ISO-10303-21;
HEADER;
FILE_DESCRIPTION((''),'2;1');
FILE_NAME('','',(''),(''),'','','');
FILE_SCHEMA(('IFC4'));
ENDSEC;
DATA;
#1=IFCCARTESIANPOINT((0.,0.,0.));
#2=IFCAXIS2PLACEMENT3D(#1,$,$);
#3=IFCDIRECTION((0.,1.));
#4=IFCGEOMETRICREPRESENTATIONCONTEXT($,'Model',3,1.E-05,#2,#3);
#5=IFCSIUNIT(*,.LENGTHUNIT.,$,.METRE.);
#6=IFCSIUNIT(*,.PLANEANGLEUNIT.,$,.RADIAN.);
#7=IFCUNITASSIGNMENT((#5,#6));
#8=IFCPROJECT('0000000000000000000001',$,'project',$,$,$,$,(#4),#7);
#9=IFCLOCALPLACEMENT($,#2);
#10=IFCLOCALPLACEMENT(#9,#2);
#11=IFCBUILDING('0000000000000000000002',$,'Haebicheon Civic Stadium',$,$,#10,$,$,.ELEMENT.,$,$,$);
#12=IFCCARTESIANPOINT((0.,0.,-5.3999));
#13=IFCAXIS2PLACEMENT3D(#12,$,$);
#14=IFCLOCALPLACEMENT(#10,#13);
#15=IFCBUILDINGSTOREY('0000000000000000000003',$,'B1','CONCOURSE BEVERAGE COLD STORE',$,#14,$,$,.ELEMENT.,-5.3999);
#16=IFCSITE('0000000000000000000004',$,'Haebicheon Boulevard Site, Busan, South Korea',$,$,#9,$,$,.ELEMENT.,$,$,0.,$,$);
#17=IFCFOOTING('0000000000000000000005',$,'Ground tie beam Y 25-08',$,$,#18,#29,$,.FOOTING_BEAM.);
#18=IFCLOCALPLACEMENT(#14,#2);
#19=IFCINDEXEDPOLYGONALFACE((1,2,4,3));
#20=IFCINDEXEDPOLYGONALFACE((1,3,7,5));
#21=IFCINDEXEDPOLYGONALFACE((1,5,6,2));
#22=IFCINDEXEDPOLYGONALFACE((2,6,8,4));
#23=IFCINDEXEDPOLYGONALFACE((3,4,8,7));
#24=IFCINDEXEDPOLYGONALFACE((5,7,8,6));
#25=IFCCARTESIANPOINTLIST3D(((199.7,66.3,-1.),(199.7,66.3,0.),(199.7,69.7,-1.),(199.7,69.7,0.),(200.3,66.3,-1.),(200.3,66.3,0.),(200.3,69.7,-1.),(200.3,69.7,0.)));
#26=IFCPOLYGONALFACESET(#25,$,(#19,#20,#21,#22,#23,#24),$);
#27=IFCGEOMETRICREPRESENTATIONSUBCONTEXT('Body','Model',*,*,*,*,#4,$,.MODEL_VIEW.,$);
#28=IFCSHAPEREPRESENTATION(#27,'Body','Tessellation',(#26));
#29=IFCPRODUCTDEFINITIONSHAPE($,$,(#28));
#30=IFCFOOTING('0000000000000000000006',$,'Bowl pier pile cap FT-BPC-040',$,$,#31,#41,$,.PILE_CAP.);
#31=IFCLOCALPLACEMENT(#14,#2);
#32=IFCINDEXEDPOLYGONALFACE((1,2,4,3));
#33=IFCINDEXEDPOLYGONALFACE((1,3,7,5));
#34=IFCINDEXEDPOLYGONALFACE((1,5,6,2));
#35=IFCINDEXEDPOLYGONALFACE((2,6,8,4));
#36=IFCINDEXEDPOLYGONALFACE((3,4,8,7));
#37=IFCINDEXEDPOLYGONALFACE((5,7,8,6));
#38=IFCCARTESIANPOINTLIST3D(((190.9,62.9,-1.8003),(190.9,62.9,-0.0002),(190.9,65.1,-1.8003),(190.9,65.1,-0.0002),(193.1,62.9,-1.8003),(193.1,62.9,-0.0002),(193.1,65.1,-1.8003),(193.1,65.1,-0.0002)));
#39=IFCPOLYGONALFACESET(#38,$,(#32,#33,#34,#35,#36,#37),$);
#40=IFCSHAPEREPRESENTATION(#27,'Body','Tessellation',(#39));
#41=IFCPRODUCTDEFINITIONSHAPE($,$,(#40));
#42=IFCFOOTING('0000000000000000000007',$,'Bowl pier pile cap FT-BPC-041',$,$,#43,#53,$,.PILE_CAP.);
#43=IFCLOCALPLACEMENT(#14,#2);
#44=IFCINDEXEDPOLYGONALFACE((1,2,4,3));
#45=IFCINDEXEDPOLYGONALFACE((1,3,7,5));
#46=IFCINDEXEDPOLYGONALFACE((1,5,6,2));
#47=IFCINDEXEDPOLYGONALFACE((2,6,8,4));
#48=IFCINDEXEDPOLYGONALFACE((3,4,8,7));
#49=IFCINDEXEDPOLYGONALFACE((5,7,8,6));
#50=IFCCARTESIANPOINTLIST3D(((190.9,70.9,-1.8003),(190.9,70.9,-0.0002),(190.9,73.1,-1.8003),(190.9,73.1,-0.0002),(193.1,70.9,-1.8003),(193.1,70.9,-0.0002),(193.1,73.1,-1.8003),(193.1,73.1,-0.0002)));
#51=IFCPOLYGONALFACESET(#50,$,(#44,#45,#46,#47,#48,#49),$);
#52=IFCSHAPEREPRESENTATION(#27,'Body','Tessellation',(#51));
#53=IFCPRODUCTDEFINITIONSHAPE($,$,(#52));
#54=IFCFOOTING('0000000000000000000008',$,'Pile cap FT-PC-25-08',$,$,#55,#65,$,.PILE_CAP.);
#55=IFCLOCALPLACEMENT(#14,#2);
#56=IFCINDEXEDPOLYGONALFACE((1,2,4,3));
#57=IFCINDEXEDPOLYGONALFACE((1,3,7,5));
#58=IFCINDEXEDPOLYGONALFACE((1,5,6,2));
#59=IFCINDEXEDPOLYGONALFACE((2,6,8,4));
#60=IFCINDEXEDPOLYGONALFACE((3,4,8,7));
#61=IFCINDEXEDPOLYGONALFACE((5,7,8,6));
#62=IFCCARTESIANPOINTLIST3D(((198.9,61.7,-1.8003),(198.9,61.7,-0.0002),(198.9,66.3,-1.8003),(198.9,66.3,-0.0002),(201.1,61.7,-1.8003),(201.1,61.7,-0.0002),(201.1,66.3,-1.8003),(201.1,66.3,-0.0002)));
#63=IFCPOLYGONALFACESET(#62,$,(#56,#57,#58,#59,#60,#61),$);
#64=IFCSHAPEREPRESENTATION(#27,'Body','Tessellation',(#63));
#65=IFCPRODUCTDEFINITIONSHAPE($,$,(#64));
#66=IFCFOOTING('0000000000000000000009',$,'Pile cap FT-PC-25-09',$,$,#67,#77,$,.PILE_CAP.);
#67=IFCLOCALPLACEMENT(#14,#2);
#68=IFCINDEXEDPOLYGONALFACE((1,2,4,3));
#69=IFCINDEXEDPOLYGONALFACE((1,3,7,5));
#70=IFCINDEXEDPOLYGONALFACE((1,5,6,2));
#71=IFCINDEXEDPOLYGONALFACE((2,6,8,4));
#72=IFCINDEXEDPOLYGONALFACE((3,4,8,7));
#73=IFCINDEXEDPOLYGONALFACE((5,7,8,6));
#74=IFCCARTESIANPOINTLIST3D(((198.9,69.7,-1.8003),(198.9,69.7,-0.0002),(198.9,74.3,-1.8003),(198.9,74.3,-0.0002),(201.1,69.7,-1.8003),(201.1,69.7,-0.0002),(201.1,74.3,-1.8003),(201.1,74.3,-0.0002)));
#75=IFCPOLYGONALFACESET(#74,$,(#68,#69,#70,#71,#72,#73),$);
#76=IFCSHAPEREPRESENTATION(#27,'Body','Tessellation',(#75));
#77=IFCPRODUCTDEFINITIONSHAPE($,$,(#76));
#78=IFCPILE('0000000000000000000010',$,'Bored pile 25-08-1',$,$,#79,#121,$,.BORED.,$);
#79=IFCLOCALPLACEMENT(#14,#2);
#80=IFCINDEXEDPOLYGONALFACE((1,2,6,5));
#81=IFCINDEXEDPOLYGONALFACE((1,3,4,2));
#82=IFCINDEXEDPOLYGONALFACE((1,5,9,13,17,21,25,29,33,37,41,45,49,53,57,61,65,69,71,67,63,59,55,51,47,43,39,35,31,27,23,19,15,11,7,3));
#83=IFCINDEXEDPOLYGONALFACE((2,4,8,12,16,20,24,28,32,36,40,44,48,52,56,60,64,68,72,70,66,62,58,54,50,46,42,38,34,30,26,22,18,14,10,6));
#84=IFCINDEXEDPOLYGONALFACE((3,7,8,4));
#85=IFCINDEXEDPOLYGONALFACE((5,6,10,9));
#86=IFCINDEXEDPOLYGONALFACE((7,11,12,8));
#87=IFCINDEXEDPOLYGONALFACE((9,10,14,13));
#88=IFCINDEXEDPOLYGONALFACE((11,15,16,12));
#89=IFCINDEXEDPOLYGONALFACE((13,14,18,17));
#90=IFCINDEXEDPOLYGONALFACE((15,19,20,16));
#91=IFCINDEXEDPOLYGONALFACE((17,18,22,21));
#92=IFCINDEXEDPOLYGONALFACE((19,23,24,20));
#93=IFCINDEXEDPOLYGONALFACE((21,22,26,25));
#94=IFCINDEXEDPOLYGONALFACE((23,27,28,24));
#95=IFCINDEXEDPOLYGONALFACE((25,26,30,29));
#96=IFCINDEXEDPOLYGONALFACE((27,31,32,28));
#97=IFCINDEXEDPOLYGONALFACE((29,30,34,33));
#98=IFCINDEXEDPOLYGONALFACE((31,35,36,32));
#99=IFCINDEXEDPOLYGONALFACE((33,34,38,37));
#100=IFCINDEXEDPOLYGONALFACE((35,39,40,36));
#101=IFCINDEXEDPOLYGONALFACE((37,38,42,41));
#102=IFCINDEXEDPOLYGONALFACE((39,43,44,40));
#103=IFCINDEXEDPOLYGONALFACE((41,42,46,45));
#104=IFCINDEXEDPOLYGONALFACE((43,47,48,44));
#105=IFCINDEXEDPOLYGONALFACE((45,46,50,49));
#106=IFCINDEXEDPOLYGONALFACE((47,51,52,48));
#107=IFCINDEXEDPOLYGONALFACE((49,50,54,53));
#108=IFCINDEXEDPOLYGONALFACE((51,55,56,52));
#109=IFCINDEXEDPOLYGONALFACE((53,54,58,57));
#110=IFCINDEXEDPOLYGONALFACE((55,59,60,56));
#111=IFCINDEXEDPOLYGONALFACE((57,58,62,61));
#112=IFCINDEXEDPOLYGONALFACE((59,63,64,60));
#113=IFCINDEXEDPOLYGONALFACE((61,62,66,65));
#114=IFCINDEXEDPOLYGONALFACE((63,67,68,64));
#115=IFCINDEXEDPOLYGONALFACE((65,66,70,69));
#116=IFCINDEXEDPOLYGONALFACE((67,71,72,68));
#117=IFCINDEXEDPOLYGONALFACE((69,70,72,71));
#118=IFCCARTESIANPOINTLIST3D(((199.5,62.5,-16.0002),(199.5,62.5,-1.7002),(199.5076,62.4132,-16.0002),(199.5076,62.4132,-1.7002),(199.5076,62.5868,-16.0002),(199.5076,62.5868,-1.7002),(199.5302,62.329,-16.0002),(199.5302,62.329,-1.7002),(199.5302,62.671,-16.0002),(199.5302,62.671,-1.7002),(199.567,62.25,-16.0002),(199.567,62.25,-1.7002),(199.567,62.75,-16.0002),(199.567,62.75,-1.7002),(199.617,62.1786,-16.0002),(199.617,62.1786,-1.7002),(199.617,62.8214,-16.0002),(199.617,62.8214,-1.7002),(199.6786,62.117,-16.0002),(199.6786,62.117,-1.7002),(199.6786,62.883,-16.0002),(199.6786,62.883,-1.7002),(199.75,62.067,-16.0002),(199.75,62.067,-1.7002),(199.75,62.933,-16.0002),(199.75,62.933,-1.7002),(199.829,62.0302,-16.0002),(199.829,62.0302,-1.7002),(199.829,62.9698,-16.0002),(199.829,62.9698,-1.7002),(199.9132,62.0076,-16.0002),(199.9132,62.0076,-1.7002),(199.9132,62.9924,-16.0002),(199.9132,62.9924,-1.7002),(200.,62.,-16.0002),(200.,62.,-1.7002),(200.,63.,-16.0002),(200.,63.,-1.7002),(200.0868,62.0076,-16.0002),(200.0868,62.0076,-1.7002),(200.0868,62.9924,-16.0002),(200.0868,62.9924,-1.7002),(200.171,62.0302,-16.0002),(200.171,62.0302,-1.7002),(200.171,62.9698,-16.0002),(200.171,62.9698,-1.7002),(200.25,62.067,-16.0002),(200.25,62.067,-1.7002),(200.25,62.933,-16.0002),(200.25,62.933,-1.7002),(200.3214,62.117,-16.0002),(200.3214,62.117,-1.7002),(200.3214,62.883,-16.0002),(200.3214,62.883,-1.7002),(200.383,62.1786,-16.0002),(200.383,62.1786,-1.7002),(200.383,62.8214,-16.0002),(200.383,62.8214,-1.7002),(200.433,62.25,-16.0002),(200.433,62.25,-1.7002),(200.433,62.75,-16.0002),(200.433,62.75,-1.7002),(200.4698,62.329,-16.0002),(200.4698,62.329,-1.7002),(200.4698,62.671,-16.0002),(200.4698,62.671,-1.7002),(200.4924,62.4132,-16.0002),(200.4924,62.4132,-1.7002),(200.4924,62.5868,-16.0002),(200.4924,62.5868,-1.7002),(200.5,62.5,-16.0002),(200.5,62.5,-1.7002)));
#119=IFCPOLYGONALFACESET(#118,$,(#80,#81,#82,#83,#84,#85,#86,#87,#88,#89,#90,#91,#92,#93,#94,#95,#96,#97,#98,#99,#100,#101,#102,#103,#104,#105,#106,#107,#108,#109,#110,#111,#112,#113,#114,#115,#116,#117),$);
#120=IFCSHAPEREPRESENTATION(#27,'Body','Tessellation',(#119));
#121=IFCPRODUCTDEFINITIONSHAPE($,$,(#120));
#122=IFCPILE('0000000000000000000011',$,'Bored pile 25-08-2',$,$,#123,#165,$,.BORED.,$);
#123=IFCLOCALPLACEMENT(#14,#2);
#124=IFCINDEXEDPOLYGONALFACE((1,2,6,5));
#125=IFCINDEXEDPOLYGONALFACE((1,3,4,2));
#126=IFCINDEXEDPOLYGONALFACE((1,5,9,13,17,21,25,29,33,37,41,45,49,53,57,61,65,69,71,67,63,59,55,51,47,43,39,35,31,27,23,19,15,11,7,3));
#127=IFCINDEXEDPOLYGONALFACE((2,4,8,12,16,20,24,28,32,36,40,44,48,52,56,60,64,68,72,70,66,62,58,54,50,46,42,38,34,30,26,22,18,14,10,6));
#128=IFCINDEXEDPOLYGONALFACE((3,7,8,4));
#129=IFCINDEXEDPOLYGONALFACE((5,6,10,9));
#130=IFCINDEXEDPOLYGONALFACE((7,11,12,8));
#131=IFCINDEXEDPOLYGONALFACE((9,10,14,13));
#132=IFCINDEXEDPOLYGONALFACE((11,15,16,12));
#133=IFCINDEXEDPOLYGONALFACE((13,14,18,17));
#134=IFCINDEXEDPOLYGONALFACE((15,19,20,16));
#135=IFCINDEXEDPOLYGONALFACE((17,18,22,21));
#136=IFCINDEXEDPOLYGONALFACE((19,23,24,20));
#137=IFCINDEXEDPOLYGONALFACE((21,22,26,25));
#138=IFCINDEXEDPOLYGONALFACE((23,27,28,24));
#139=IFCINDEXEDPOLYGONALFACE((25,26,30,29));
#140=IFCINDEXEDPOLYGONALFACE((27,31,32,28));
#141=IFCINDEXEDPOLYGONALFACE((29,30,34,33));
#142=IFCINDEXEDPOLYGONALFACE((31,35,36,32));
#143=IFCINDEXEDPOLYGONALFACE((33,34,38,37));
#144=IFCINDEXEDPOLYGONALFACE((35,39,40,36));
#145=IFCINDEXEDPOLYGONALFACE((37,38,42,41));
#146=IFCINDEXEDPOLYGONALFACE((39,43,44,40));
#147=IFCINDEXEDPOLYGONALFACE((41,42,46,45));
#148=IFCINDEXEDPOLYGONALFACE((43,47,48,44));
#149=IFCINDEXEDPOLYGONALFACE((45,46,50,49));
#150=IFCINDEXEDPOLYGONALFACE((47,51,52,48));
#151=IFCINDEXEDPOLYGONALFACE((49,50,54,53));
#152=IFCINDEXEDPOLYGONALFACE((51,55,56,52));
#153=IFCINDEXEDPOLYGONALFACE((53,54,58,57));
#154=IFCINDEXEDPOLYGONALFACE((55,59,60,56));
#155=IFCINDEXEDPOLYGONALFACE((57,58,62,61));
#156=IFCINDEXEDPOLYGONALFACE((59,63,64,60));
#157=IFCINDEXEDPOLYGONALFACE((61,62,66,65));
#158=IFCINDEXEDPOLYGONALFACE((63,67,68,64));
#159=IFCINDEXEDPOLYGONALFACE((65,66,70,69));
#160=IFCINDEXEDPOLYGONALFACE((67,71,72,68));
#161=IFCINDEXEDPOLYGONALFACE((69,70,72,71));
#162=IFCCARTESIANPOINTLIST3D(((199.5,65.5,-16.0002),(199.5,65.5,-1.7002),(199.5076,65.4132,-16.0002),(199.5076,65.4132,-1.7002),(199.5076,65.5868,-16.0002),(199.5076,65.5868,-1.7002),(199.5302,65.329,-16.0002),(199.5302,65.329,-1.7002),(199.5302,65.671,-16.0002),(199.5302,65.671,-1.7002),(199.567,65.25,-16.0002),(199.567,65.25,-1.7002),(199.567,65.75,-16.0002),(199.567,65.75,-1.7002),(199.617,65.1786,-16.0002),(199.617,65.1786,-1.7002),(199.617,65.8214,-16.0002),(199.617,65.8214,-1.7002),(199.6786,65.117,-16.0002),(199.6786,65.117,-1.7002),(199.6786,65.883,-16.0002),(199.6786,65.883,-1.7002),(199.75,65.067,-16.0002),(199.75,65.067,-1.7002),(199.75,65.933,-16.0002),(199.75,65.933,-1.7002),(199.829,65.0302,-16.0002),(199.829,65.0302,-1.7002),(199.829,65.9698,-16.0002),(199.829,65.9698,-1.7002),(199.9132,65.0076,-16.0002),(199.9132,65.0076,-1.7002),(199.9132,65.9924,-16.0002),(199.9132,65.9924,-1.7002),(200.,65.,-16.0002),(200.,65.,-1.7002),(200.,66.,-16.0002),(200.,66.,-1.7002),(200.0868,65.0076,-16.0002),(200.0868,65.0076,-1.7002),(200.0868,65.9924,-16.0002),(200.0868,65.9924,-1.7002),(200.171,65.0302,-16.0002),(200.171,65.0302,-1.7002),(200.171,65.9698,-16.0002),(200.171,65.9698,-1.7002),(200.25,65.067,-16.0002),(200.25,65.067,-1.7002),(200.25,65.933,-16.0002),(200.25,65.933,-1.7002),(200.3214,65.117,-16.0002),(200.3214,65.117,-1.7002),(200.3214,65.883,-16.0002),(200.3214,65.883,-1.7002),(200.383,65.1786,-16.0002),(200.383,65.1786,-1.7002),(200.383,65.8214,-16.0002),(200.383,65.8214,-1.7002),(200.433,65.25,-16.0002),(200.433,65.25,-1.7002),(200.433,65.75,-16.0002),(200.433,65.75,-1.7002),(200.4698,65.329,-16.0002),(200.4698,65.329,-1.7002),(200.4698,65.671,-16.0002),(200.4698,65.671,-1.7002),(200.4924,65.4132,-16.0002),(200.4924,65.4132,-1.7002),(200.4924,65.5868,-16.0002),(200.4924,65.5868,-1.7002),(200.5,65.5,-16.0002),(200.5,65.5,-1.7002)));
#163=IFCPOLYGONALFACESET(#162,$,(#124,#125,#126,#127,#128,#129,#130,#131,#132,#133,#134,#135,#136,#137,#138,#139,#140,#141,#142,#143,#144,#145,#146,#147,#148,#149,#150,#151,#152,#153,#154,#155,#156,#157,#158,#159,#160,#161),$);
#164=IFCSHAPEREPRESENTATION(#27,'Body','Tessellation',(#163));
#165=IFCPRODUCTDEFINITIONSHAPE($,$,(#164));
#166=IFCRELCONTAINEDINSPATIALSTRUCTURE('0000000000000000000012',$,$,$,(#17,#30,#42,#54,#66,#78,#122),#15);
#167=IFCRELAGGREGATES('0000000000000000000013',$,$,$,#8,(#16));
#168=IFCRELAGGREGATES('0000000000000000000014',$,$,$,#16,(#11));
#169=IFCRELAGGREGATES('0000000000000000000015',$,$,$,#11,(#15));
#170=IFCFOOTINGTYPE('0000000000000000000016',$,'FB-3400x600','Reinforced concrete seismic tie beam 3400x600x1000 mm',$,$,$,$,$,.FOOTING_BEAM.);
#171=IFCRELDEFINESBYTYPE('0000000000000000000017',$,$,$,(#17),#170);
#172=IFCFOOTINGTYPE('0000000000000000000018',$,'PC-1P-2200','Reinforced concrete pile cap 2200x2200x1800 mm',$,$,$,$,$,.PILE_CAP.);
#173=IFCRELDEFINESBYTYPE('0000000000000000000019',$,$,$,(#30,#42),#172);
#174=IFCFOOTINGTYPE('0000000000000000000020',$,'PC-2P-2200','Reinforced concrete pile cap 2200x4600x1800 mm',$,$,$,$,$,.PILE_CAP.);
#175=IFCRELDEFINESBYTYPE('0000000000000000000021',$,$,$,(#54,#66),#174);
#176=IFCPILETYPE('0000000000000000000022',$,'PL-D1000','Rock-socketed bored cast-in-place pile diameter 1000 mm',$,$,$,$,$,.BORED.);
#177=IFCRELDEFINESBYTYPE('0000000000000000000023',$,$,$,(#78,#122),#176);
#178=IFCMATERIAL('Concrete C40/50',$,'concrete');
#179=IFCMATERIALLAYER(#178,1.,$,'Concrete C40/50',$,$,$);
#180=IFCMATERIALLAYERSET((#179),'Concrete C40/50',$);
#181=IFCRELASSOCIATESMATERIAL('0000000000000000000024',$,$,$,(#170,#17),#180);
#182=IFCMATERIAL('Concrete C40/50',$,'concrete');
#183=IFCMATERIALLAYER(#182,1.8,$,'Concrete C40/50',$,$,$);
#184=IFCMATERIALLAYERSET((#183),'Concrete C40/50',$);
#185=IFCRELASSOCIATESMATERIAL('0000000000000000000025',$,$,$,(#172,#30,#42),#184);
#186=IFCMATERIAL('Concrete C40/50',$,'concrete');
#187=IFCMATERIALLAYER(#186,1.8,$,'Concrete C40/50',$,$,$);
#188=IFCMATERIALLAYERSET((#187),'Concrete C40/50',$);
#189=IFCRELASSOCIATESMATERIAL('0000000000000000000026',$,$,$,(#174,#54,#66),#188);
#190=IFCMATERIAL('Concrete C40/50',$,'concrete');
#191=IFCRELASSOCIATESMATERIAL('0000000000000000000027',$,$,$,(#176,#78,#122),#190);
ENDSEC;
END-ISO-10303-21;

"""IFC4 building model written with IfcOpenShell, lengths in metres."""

from ifc_helpers import new_model, si_unit, direction, frame, origin, origin_2d, place, context, subcontext, project, spatial, rectangle, circle, extrude, material, layer, layer_set, material_profile, profile_set, type_object, element, save


model = new_model("IFC4")

# Units and contexts
model_context = context("Model", 3, precision=1e-05, world=origin(), true_north=direction((0.0, 1.0)))
body_context = subcontext(model_context, "Body", "Model", "MODEL_VIEW")
ifc_project = project(units=[si_unit("LENGTHUNIT", "METRE"), si_unit("PLANEANGLEUNIT", "RADIAN")], contexts=[model_context])

# Site, building, storey
site_placement = place(None, origin())
site = spatial("IfcSite", under=ifc_project, at=site_placement, Name="Haebicheon Boulevard Site, Busan, South Korea", CompositionType="ELEMENT", RefElevation=0.0)
building_placement = place(site_placement, origin())
building = spatial("IfcBuilding", under=site, at=building_placement, Name="Haebicheon Civic Stadium", CompositionType="ELEMENT")
storey_placement = place(building_placement, frame((0.0, 0.0, -5.3999)))
storey = spatial("IfcBuildingStorey", under=building, at=storey_placement, Name="B1", Description="CONCOURSE BEVERAGE COLD STORE", CompositionType="ELEMENT", Elevation=-5.3999)

# Footings
ifc_material_1 = material(Name="Concrete C40/50", Category="concrete")
ifc_layer_1 = layer(ifc_material_1, 1.0, Name="Concrete C40/50")
ifc_layer_set_1 = layer_set([ifc_layer_1], Name="Concrete C40/50")
footing_type_1 = type_object("IfcFootingType", Name="FB-3400x600", Description="Reinforced concrete seismic tie beam 3400x600x1000 mm", PredefinedType="FOOTING_BEAM", material=ifc_layer_set_1)
footing_placement = place(storey_placement, frame((200.0, 68.0, -1.0), z_axis=(0.0, 0.0, 1.0), x_axis=(0.0, 1.0, 0.0)))
element("IfcFooting", 1, at=footing_placement, inside=storey, type_object=footing_type_1, material=ifc_layer_set_1, Name="Ground tie beam Y 25-08", PredefinedType="FOOTING_BEAM", context=body_context, shape_type="SweptSolid", body=[
    extrude(rectangle(XDim=3.3999, YDim=0.6001, at=origin_2d()), origin(), (0.0, 0.0, 1.0), 1.0),
])
ifc_material_2 = material(Name="Concrete C40/50", Category="concrete")
ifc_layer_2 = layer(ifc_material_2, 1.8, Name="Concrete C40/50")
ifc_layer_set_2 = layer_set([ifc_layer_2], Name="Concrete C40/50")
footing_type_2 = type_object("IfcFootingType", Name="PC-1P-2200", Description="Reinforced concrete pile cap 2200x2200x1800 mm", PredefinedType="PILE_CAP", material=ifc_layer_set_2)
for number, where, z_axis, x_axis, name in (
    (2, (192.0, 64.0, -1.8003), (0.0, 0.0, 1.0), (1.0, 0.0, 0.0), "Bowl pier pile cap FT-BPC-040"),
    (3, (192.0, 72.0, -1.8003), (0.0, 0.0, 1.0), (1.0, 0.0, 0.0), "Bowl pier pile cap FT-BPC-041"),
):
    element("IfcFooting", number, at=place(storey_placement, frame(where, z_axis=z_axis, x_axis=x_axis)), inside=storey, type_object=footing_type_2, material=ifc_layer_set_2, Name=name, PredefinedType="PILE_CAP", context=body_context, shape_type="SweptSolid", body=[
        extrude(rectangle(XDim=2.2, YDim=2.2, at=origin_2d()), origin(), (0.0, 0.0, 1.0), 1.8),
    ])
ifc_material_3 = material(Name="Concrete C40/50", Category="concrete")
ifc_layer_3 = layer(ifc_material_3, 1.8, Name="Concrete C40/50")
ifc_layer_set_3 = layer_set([ifc_layer_3], Name="Concrete C40/50")
footing_type_3 = type_object("IfcFootingType", Name="PC-2P-2200", Description="Reinforced concrete pile cap 2200x4600x1800 mm", PredefinedType="PILE_CAP", material=ifc_layer_set_3)
for number, where, z_axis, x_axis, name in (
    (4, (200.0, 64.0, -1.8003), (0.0, 0.0, 1.0), (1.0, 0.0, 0.0), "Pile cap FT-PC-25-08"),
    (5, (200.0, 72.0, -1.8003), (0.0, 0.0, 1.0), (1.0, 0.0, 0.0), "Pile cap FT-PC-25-09"),
):
    element("IfcFooting", number, at=place(storey_placement, frame(where, z_axis=z_axis, x_axis=x_axis)), inside=storey, type_object=footing_type_3, material=ifc_layer_set_3, Name=name, PredefinedType="PILE_CAP", context=body_context, shape_type="SweptSolid", body=[
        extrude(rectangle(XDim=2.2, YDim=4.6001, at=origin_2d()), origin(), (0.0, 0.0, 1.0), 1.8),
    ])

# Piles
ifc_material_4 = material(Name="Concrete C40/50", Category="concrete")
ifc_material_profile_1 = material_profile(ifc_material_4, circle(Radius=0.5, at=origin_2d()), Name="PILE-D1000")
ifc_profile_set_1 = profile_set([ifc_material_profile_1], Name="Concrete C40/50")
pile_type = type_object("IfcPileType", Name="PL-D1000", Description="Rock-socketed bored cast-in-place pile diameter 1000 mm", PredefinedType="BORED", material=ifc_profile_set_1)
for number, where, z_axis, x_axis, name in (
    (6, (200.0, 62.5, -1.7002), (0.0, 0.0, -1.0), (1.0, 0.0, 0.0), "Bored pile 25-08-1"),
    (7, (200.0, 65.5, -1.7002), (0.0, 0.0, -1.0), (1.0, 0.0, 0.0), "Bored pile 25-08-2"),
):
    element("IfcPile", number, at=place(storey_placement, frame(where, z_axis=z_axis, x_axis=x_axis)), inside=storey, type_object=pile_type, material=ifc_profile_set_1, Name=name, PredefinedType="BORED", context=body_context, shape_type="SweptSolid", body=[
        extrude(circle(Radius=0.5, at=origin_2d()), origin(), (0.0, 0.0, 1.0), 14.3),
    ])

save(model, "model.ifc")
